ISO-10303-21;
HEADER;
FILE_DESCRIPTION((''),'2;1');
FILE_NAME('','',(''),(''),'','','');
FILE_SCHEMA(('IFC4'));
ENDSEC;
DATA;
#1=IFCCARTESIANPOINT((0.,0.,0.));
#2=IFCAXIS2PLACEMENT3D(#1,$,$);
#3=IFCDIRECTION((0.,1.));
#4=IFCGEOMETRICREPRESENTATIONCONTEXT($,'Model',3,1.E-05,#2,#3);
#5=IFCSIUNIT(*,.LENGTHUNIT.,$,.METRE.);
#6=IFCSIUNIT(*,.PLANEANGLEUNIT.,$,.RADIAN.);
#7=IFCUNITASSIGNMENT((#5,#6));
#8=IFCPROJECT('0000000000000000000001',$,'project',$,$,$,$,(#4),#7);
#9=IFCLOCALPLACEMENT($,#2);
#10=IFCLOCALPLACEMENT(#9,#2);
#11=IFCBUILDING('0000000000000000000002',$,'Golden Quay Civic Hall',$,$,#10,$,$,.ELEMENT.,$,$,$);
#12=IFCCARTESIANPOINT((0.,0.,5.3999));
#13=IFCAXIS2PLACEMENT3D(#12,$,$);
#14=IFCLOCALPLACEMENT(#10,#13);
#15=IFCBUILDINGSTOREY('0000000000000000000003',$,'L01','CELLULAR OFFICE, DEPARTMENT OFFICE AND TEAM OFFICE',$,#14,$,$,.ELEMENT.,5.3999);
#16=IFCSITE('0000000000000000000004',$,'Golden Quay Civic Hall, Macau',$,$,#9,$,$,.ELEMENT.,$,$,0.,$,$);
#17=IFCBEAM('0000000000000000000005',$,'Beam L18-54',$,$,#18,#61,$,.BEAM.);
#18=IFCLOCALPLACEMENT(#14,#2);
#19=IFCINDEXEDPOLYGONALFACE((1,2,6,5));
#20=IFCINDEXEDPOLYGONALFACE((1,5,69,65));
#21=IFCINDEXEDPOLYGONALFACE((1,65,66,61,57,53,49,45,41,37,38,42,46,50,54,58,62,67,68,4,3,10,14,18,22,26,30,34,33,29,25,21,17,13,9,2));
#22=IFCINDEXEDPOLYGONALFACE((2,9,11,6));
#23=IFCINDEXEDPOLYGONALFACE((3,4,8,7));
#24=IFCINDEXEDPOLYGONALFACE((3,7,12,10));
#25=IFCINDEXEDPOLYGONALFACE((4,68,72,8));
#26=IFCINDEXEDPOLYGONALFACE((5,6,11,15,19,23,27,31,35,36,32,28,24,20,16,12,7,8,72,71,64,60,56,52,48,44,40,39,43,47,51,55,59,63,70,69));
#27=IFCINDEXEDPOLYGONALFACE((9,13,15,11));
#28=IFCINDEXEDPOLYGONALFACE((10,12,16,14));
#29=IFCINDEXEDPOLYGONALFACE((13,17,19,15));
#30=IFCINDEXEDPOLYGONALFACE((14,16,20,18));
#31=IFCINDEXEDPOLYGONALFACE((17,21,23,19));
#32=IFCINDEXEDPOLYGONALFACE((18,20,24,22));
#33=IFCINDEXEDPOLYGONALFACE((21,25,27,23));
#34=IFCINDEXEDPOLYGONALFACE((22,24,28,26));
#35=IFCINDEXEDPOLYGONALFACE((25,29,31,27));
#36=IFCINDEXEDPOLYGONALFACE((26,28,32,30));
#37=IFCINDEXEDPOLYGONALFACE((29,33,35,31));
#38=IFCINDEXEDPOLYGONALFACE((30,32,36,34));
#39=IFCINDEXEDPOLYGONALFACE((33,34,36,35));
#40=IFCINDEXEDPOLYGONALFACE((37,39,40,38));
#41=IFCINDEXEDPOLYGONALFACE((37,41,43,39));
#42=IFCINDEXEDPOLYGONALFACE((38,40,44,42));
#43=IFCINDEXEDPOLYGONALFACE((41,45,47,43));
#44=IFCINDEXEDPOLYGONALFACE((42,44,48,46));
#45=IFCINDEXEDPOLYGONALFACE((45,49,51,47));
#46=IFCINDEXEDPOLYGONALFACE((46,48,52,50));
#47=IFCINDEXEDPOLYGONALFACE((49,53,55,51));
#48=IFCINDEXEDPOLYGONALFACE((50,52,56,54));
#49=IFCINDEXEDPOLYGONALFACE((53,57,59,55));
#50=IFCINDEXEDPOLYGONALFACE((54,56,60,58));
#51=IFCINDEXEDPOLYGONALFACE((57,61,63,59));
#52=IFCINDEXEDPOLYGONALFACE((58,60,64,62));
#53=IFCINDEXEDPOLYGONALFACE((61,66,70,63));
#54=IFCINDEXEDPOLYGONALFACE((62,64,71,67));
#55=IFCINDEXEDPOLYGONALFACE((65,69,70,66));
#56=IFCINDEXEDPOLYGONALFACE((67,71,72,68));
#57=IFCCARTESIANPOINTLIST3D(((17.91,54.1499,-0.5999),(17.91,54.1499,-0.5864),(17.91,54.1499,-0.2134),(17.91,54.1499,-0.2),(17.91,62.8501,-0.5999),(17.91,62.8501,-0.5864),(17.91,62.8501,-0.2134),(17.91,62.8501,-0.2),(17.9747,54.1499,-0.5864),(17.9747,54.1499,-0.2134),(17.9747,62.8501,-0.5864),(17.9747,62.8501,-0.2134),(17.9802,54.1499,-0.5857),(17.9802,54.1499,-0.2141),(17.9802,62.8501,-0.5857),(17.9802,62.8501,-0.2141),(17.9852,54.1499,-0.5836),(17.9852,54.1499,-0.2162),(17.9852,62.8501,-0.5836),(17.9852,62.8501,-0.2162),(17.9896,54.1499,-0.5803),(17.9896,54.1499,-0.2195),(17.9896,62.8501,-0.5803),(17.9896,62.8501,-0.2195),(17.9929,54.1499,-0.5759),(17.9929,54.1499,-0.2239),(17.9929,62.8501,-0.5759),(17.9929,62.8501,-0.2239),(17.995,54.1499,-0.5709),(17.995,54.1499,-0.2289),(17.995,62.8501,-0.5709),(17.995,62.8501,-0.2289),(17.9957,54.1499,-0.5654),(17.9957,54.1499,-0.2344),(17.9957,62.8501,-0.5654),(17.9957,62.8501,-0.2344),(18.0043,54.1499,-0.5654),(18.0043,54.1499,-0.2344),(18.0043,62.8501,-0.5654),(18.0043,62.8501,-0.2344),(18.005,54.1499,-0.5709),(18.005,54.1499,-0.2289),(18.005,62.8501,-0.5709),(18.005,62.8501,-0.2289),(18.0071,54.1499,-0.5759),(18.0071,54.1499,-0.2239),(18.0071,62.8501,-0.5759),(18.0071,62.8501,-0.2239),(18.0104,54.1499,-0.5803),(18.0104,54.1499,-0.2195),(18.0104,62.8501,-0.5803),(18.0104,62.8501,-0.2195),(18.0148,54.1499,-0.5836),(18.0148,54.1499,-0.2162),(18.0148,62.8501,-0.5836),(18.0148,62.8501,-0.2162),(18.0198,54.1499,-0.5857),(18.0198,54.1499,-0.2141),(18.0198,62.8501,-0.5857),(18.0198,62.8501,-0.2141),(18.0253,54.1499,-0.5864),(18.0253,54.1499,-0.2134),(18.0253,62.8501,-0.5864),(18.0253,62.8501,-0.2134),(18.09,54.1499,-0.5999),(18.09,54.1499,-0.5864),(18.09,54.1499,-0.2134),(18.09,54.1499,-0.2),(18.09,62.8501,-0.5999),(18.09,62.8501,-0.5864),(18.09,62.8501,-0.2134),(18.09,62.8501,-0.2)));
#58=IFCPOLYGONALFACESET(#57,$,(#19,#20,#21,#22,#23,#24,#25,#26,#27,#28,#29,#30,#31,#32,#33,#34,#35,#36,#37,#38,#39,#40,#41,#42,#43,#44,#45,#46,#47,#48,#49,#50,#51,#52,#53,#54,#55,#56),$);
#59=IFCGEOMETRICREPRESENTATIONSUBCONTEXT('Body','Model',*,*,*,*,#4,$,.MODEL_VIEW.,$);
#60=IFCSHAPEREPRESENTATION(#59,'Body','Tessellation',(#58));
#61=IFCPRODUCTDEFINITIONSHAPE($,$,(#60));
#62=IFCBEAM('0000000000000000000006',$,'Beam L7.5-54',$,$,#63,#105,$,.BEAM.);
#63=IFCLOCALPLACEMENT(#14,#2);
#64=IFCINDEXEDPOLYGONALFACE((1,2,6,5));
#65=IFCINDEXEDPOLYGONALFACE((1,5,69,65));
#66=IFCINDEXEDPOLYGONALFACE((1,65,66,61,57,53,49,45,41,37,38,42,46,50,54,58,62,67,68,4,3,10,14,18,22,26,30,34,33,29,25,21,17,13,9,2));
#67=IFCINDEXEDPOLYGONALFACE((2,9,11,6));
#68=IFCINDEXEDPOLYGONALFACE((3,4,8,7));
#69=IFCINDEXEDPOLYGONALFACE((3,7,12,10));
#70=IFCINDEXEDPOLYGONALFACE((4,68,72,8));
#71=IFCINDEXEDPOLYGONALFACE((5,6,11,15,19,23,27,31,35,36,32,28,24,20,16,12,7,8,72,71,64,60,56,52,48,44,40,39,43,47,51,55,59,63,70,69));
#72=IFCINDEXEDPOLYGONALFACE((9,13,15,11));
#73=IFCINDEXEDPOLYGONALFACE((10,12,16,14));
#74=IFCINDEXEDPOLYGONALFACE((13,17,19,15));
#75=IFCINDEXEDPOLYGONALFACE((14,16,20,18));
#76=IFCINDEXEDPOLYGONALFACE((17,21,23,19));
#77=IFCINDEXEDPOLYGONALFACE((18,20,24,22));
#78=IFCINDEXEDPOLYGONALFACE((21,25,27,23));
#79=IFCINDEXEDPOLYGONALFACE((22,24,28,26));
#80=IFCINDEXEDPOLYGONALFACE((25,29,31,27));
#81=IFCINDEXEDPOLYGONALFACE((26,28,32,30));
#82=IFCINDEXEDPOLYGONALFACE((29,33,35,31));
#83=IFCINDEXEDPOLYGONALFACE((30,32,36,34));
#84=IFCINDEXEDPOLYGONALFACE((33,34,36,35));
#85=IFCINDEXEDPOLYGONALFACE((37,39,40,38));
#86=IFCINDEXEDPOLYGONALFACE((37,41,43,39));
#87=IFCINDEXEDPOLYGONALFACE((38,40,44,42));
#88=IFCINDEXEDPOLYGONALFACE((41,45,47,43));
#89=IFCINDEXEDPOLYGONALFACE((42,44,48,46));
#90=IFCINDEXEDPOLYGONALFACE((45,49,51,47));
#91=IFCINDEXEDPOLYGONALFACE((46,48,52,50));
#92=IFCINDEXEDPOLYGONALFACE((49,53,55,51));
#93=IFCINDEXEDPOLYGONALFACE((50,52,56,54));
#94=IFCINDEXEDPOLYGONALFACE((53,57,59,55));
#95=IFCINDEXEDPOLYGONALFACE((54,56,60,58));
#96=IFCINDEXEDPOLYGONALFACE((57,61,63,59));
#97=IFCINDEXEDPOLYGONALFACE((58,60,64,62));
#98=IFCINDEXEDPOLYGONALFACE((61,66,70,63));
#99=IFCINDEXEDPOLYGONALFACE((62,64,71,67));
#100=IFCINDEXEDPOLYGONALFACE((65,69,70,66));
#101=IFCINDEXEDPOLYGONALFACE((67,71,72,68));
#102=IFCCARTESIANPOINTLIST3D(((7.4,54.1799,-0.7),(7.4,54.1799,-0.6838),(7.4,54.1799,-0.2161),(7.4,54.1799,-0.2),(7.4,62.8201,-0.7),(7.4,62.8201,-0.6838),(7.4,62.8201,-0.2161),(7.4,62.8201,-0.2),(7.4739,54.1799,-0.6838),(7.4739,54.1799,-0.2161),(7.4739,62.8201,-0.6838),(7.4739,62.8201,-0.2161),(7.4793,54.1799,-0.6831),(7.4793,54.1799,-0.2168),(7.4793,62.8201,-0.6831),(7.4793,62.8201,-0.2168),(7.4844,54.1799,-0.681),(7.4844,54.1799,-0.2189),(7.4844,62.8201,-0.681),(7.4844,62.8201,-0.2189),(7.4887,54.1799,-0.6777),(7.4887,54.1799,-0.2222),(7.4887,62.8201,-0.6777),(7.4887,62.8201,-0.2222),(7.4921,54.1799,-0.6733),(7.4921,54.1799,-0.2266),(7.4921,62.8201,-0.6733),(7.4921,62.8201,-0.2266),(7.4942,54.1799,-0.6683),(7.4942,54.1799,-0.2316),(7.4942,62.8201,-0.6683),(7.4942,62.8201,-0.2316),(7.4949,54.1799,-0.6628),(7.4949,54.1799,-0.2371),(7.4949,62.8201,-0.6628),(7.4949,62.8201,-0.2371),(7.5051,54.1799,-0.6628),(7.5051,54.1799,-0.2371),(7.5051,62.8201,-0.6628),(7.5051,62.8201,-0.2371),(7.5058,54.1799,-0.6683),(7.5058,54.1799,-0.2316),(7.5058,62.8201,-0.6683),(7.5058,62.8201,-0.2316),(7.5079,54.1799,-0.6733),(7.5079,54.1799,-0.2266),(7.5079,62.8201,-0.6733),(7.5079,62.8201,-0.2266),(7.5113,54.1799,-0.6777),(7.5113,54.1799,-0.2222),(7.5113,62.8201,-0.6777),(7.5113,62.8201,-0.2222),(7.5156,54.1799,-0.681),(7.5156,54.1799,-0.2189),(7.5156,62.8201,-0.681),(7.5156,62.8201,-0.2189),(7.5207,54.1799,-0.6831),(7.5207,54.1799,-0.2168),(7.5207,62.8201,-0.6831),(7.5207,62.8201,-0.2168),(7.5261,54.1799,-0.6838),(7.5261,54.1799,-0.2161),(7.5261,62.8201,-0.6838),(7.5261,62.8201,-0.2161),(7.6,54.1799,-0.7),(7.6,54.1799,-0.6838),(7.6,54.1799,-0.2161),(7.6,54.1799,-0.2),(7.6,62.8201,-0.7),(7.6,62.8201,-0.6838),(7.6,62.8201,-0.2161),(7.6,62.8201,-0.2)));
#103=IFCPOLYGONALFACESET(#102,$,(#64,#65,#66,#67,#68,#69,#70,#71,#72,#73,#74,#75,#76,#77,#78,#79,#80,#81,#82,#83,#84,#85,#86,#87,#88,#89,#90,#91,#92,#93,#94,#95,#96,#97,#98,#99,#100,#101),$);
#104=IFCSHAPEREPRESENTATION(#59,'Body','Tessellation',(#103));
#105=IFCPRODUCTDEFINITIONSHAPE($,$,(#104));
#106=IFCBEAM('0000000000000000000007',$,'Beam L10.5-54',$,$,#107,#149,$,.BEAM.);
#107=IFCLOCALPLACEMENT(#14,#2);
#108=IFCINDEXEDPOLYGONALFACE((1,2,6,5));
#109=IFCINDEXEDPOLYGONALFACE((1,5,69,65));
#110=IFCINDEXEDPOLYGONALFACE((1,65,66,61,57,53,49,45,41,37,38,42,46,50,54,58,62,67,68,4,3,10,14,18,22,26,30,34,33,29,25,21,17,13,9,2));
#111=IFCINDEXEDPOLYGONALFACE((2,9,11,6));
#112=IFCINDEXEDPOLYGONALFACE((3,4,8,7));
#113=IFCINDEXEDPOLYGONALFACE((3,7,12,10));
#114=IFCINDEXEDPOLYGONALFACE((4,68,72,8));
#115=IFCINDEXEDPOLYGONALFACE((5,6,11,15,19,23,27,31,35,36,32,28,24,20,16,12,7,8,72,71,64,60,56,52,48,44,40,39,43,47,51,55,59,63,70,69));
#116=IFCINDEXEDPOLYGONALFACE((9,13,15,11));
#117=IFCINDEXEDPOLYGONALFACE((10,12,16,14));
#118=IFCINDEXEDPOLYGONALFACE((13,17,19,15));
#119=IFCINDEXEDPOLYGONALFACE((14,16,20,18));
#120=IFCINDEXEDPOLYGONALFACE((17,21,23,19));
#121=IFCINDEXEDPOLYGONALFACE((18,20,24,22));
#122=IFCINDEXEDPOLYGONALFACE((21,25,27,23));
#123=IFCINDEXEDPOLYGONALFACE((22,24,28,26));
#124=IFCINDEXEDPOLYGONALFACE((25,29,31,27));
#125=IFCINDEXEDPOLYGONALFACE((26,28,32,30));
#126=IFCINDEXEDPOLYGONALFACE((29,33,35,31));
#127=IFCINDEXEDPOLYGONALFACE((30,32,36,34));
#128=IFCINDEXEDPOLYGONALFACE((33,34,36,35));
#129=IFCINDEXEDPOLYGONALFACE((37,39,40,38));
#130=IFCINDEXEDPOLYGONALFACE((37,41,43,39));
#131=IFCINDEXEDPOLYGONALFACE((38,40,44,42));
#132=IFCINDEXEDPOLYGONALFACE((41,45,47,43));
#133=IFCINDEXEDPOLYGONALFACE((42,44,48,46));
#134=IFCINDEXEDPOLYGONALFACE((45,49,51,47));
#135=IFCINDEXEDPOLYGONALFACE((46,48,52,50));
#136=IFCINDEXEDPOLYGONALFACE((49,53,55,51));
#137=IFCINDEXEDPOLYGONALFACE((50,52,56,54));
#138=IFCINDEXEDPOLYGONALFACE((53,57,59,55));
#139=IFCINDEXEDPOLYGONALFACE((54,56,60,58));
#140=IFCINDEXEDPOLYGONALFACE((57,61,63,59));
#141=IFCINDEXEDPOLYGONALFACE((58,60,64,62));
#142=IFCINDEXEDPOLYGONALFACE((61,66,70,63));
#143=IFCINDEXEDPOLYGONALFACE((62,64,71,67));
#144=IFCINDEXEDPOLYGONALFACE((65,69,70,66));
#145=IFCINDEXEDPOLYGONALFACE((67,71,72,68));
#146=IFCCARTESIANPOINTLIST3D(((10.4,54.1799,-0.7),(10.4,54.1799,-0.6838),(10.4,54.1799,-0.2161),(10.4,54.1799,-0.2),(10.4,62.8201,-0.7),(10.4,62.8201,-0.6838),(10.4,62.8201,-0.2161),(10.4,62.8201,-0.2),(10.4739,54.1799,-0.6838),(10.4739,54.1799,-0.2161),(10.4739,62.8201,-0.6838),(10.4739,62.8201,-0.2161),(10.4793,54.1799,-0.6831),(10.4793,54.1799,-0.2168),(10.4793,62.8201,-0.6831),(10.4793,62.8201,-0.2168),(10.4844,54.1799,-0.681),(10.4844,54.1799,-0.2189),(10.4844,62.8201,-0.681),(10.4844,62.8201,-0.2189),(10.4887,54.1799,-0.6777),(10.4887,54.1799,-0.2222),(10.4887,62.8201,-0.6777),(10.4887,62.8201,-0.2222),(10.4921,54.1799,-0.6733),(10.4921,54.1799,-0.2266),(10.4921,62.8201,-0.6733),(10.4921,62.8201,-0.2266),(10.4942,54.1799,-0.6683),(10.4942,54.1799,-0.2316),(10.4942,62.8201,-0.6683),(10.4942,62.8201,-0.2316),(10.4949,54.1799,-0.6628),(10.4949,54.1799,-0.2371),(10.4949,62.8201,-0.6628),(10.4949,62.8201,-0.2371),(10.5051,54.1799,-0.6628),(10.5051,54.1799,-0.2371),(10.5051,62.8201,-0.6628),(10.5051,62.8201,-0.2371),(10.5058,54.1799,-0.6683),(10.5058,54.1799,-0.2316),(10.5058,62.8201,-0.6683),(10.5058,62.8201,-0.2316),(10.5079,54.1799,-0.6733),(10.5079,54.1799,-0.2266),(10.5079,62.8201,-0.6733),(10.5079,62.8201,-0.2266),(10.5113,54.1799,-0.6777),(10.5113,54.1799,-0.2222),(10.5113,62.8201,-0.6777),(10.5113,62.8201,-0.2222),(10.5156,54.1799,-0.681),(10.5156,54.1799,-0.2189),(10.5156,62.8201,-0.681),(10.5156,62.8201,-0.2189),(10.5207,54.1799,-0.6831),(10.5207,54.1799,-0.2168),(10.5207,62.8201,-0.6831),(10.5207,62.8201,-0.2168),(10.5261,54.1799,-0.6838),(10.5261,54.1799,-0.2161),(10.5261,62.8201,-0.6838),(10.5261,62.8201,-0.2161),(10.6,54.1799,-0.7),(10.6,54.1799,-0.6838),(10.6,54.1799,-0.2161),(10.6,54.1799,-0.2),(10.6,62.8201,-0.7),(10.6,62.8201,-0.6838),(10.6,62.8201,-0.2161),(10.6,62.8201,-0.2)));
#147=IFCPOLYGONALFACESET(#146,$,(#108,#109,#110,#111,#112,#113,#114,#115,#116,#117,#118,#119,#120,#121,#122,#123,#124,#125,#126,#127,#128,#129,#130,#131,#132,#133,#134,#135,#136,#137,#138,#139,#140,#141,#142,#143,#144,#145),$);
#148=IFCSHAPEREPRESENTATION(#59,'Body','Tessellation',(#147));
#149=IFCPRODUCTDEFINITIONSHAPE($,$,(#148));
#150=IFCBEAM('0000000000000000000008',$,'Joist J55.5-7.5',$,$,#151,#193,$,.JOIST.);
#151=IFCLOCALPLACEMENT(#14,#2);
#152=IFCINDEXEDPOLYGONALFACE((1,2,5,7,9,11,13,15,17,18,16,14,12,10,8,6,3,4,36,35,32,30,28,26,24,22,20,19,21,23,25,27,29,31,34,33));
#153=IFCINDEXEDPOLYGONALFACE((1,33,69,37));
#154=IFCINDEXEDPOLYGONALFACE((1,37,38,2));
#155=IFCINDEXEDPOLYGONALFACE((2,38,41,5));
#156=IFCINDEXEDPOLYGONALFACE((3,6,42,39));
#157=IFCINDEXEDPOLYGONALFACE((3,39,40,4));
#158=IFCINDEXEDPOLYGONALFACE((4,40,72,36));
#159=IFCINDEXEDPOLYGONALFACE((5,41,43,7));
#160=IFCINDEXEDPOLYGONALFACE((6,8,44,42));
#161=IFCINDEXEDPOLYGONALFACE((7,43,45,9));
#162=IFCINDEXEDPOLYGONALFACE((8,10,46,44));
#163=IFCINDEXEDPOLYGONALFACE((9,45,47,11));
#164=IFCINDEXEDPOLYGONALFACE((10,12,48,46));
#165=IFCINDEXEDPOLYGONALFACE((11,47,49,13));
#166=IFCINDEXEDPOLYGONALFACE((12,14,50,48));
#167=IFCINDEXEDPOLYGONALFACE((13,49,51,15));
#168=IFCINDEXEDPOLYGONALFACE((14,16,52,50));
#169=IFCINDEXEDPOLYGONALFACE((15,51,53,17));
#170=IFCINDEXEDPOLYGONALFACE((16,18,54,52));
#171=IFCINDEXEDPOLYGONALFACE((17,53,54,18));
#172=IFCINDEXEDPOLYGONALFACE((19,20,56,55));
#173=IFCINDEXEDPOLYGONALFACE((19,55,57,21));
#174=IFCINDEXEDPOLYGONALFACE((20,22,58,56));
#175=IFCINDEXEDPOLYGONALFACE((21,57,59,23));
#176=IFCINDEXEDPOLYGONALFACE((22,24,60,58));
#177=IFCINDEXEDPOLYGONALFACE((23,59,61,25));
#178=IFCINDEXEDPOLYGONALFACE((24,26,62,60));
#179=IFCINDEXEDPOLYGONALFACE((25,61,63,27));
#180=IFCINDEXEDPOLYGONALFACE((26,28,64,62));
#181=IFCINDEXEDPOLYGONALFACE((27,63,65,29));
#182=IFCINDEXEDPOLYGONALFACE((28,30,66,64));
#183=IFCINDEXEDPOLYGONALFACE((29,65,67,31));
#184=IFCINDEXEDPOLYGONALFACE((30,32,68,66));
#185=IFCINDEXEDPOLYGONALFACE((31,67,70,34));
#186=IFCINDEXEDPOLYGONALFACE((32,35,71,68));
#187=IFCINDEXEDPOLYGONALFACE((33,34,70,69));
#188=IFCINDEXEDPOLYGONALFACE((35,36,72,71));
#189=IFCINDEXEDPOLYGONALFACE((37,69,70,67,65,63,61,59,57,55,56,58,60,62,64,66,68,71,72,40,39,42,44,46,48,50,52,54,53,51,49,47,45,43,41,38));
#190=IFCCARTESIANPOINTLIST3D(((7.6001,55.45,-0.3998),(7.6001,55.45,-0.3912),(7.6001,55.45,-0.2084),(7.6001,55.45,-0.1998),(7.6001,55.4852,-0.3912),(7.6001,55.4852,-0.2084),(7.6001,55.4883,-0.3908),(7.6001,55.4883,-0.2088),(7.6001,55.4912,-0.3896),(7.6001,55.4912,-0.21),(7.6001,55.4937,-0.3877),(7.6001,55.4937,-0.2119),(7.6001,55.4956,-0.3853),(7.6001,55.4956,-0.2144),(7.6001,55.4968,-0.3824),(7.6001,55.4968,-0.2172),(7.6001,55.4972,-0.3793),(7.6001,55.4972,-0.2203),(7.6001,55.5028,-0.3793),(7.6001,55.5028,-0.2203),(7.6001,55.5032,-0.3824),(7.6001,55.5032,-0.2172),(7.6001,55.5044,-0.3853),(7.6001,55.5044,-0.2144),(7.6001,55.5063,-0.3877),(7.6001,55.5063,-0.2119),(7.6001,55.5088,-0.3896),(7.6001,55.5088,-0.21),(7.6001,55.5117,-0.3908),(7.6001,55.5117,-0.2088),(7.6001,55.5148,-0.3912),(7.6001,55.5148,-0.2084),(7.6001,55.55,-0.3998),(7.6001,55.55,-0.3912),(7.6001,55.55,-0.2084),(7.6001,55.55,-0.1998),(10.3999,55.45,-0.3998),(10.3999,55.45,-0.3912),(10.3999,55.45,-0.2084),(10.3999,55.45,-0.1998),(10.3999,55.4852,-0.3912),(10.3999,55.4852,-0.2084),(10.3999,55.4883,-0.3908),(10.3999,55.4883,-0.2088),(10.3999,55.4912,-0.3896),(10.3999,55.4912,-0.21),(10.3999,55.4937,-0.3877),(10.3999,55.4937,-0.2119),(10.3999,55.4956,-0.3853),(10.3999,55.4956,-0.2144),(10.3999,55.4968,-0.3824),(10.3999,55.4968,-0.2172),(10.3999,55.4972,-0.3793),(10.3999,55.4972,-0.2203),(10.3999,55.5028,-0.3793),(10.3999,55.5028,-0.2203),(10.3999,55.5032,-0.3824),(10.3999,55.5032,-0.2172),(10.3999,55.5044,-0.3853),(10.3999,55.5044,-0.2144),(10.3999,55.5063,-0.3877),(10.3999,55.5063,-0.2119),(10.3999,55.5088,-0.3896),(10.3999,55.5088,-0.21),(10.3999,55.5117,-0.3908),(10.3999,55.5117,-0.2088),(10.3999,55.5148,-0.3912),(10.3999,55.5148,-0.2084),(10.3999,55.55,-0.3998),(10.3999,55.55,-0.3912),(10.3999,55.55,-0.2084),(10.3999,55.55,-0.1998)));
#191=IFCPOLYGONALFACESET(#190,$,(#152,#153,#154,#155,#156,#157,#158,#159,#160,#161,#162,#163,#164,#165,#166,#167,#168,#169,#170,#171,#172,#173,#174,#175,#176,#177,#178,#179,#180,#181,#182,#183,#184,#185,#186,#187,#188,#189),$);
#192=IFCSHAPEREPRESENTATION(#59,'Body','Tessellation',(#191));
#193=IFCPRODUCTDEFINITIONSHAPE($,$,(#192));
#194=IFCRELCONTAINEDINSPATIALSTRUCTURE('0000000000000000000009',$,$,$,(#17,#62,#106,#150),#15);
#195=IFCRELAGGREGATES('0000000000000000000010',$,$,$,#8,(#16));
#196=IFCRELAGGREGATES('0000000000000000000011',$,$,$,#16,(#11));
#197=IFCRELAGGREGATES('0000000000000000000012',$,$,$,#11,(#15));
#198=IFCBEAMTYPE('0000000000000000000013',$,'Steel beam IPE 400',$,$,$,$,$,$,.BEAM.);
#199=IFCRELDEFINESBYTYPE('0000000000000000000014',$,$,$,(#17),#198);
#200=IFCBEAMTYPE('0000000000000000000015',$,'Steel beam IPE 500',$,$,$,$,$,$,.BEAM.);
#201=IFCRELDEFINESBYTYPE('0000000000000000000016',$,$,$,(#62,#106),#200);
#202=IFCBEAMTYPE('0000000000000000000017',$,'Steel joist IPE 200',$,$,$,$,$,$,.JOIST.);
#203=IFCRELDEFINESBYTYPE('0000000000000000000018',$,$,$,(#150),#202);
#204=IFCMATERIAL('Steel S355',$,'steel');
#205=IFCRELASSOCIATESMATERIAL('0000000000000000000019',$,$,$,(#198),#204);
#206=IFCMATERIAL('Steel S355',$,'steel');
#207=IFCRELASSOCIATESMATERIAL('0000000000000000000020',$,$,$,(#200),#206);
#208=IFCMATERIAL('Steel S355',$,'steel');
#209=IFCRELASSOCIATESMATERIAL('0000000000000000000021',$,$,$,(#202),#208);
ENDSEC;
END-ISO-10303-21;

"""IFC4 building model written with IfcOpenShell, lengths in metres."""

from ifc_helpers import new_model, si_unit, direction, frame, origin, origin_2d, place, context, subcontext, project, spatial, i_section, extrude, material, material_profile, profile_set, type_object, element, save


model = new_model("IFC4")

# Units and contexts
model_context = context("Model", 3, precision=1e-05, world=origin(), true_north=direction((0.0, 1.0)))
body_context = subcontext(model_context, "Body", "Model", "MODEL_VIEW")
ifc_project = project(units=[si_unit("LENGTHUNIT", "METRE"), si_unit("PLANEANGLEUNIT", "RADIAN")], contexts=[model_context])

# Site, building, storey
site_placement = place(None, origin())
site = spatial("IfcSite", under=ifc_project, at=site_placement, Name="Golden Quay Civic Hall, Macau", CompositionType="ELEMENT", RefElevation=0.0)
building_placement = place(site_placement, origin())
building = spatial("IfcBuilding", under=site, at=building_placement, Name="Golden Quay Civic Hall", CompositionType="ELEMENT")
storey_placement = place(building_placement, frame((0.0, 0.0, 5.3999)))
storey = spatial("IfcBuildingStorey", under=building, at=storey_placement, Name="L01", Description="CELLULAR OFFICE, DEPARTMENT OFFICE AND TEAM OFFICE", CompositionType="ELEMENT", Elevation=5.3999)

# Beams
ifc_material_1 = material(Name="Steel S355", Category="steel")
ifc_material_profile_1 = material_profile(ifc_material_1, i_section(OverallWidth=0.1799, OverallDepth=0.3999, WebThickness=0.0085, FlangeThickness=0.0134, FilletRadius=0.021, at=origin_2d()), Name="IPE 400")
ifc_profile_set_1 = profile_set([ifc_material_profile_1], Name="Steel S355")
beam_type_1 = type_object("IfcBeamType", Name="Steel beam IPE 400", PredefinedType="BEAM", material=ifc_profile_set_1)
beam_1_placement = place(storey_placement, frame((18.0, 54.1499, -0.3999), z_axis=(0.0, 1.0, 0.0), x_axis=(-1.0, 0.0, 0.0)))
element("IfcBeam", 1, at=beam_1_placement, inside=storey, type_object=beam_type_1, Name="Beam L18-54", PredefinedType="BEAM", context=body_context, shape_type="SweptSolid", body=[
    extrude(i_section(OverallWidth=0.1799, OverallDepth=0.3999, WebThickness=0.0085, FlangeThickness=0.0134, FilletRadius=0.021, at=origin_2d()), origin(), (0.0, 0.0, 1.0), 8.7002),
])
ifc_material_2 = material(Name="Steel S355", Category="steel")
ifc_material_profile_2 = material_profile(ifc_material_2, i_section(OverallWidth=0.2, OverallDepth=0.5, WebThickness=0.0103, FlangeThickness=0.0161, FilletRadius=0.021, at=origin_2d()), Name="IPE 500")
ifc_profile_set_2 = profile_set([ifc_material_profile_2], Name="Steel S355")
beam_type_2 = type_object("IfcBeamType", Name="Steel beam IPE 500", PredefinedType="BEAM", material=ifc_profile_set_2)
for number, where, z_axis, x_axis, name in (
    (2, (7.5, 54.1799, -0.45), (0.0, 1.0, 0.0), (-1.0, 0.0, 0.0), "Beam L7.5-54"),
    (3, (10.5, 54.1799, -0.45), (0.0, 1.0, 0.0), (-1.0, 0.0, 0.0), "Beam L10.5-54"),
):
    element("IfcBeam", number, at=place(storey_placement, frame(where, z_axis=z_axis, x_axis=x_axis)), inside=storey, type_object=beam_type_2, Name=name, PredefinedType="BEAM", context=body_context, shape_type="SweptSolid", body=[
        extrude(i_section(OverallWidth=0.2, OverallDepth=0.5, WebThickness=0.0103, FlangeThickness=0.0161, FilletRadius=0.021, at=origin_2d()), origin(), (0.0, 0.0, 1.0), 8.6401),
    ])
ifc_material_3 = material(Name="Steel S355", Category="steel")
ifc_material_profile_3 = material_profile(ifc_material_3, i_section(OverallWidth=0.1001, OverallDepth=0.2, WebThickness=0.0056, FlangeThickness=0.0085, FilletRadius=0.012, at=origin_2d()), Name="IPE 200")
ifc_profile_set_3 = profile_set([ifc_material_profile_3], Name="Steel S355")
beam_type_3 = type_object("IfcBeamType", Name="Steel joist IPE 200", PredefinedType="JOIST", material=ifc_profile_set_3)
for number, where, z_axis, x_axis, name in (
    (4, (7.6001, 55.5, -0.2998), (1.0, 0.0, 0.0), (0.0, 1.0, 0.0), "Joist J55.5-7.5"),
):
    element("IfcBeam", number, at=place(storey_placement, frame(where, z_axis=z_axis, x_axis=x_axis)), inside=storey, type_object=beam_type_3, Name=name, PredefinedType="JOIST", context=body_context, shape_type="SweptSolid", body=[
        extrude(i_section(OverallWidth=0.1001, OverallDepth=0.2, WebThickness=0.0056, FlangeThickness=0.0085, FilletRadius=0.012, at=origin_2d()), origin(), (0.0, 0.0, 1.0), 2.7998),
    ])

save(model, "model.ifc")
